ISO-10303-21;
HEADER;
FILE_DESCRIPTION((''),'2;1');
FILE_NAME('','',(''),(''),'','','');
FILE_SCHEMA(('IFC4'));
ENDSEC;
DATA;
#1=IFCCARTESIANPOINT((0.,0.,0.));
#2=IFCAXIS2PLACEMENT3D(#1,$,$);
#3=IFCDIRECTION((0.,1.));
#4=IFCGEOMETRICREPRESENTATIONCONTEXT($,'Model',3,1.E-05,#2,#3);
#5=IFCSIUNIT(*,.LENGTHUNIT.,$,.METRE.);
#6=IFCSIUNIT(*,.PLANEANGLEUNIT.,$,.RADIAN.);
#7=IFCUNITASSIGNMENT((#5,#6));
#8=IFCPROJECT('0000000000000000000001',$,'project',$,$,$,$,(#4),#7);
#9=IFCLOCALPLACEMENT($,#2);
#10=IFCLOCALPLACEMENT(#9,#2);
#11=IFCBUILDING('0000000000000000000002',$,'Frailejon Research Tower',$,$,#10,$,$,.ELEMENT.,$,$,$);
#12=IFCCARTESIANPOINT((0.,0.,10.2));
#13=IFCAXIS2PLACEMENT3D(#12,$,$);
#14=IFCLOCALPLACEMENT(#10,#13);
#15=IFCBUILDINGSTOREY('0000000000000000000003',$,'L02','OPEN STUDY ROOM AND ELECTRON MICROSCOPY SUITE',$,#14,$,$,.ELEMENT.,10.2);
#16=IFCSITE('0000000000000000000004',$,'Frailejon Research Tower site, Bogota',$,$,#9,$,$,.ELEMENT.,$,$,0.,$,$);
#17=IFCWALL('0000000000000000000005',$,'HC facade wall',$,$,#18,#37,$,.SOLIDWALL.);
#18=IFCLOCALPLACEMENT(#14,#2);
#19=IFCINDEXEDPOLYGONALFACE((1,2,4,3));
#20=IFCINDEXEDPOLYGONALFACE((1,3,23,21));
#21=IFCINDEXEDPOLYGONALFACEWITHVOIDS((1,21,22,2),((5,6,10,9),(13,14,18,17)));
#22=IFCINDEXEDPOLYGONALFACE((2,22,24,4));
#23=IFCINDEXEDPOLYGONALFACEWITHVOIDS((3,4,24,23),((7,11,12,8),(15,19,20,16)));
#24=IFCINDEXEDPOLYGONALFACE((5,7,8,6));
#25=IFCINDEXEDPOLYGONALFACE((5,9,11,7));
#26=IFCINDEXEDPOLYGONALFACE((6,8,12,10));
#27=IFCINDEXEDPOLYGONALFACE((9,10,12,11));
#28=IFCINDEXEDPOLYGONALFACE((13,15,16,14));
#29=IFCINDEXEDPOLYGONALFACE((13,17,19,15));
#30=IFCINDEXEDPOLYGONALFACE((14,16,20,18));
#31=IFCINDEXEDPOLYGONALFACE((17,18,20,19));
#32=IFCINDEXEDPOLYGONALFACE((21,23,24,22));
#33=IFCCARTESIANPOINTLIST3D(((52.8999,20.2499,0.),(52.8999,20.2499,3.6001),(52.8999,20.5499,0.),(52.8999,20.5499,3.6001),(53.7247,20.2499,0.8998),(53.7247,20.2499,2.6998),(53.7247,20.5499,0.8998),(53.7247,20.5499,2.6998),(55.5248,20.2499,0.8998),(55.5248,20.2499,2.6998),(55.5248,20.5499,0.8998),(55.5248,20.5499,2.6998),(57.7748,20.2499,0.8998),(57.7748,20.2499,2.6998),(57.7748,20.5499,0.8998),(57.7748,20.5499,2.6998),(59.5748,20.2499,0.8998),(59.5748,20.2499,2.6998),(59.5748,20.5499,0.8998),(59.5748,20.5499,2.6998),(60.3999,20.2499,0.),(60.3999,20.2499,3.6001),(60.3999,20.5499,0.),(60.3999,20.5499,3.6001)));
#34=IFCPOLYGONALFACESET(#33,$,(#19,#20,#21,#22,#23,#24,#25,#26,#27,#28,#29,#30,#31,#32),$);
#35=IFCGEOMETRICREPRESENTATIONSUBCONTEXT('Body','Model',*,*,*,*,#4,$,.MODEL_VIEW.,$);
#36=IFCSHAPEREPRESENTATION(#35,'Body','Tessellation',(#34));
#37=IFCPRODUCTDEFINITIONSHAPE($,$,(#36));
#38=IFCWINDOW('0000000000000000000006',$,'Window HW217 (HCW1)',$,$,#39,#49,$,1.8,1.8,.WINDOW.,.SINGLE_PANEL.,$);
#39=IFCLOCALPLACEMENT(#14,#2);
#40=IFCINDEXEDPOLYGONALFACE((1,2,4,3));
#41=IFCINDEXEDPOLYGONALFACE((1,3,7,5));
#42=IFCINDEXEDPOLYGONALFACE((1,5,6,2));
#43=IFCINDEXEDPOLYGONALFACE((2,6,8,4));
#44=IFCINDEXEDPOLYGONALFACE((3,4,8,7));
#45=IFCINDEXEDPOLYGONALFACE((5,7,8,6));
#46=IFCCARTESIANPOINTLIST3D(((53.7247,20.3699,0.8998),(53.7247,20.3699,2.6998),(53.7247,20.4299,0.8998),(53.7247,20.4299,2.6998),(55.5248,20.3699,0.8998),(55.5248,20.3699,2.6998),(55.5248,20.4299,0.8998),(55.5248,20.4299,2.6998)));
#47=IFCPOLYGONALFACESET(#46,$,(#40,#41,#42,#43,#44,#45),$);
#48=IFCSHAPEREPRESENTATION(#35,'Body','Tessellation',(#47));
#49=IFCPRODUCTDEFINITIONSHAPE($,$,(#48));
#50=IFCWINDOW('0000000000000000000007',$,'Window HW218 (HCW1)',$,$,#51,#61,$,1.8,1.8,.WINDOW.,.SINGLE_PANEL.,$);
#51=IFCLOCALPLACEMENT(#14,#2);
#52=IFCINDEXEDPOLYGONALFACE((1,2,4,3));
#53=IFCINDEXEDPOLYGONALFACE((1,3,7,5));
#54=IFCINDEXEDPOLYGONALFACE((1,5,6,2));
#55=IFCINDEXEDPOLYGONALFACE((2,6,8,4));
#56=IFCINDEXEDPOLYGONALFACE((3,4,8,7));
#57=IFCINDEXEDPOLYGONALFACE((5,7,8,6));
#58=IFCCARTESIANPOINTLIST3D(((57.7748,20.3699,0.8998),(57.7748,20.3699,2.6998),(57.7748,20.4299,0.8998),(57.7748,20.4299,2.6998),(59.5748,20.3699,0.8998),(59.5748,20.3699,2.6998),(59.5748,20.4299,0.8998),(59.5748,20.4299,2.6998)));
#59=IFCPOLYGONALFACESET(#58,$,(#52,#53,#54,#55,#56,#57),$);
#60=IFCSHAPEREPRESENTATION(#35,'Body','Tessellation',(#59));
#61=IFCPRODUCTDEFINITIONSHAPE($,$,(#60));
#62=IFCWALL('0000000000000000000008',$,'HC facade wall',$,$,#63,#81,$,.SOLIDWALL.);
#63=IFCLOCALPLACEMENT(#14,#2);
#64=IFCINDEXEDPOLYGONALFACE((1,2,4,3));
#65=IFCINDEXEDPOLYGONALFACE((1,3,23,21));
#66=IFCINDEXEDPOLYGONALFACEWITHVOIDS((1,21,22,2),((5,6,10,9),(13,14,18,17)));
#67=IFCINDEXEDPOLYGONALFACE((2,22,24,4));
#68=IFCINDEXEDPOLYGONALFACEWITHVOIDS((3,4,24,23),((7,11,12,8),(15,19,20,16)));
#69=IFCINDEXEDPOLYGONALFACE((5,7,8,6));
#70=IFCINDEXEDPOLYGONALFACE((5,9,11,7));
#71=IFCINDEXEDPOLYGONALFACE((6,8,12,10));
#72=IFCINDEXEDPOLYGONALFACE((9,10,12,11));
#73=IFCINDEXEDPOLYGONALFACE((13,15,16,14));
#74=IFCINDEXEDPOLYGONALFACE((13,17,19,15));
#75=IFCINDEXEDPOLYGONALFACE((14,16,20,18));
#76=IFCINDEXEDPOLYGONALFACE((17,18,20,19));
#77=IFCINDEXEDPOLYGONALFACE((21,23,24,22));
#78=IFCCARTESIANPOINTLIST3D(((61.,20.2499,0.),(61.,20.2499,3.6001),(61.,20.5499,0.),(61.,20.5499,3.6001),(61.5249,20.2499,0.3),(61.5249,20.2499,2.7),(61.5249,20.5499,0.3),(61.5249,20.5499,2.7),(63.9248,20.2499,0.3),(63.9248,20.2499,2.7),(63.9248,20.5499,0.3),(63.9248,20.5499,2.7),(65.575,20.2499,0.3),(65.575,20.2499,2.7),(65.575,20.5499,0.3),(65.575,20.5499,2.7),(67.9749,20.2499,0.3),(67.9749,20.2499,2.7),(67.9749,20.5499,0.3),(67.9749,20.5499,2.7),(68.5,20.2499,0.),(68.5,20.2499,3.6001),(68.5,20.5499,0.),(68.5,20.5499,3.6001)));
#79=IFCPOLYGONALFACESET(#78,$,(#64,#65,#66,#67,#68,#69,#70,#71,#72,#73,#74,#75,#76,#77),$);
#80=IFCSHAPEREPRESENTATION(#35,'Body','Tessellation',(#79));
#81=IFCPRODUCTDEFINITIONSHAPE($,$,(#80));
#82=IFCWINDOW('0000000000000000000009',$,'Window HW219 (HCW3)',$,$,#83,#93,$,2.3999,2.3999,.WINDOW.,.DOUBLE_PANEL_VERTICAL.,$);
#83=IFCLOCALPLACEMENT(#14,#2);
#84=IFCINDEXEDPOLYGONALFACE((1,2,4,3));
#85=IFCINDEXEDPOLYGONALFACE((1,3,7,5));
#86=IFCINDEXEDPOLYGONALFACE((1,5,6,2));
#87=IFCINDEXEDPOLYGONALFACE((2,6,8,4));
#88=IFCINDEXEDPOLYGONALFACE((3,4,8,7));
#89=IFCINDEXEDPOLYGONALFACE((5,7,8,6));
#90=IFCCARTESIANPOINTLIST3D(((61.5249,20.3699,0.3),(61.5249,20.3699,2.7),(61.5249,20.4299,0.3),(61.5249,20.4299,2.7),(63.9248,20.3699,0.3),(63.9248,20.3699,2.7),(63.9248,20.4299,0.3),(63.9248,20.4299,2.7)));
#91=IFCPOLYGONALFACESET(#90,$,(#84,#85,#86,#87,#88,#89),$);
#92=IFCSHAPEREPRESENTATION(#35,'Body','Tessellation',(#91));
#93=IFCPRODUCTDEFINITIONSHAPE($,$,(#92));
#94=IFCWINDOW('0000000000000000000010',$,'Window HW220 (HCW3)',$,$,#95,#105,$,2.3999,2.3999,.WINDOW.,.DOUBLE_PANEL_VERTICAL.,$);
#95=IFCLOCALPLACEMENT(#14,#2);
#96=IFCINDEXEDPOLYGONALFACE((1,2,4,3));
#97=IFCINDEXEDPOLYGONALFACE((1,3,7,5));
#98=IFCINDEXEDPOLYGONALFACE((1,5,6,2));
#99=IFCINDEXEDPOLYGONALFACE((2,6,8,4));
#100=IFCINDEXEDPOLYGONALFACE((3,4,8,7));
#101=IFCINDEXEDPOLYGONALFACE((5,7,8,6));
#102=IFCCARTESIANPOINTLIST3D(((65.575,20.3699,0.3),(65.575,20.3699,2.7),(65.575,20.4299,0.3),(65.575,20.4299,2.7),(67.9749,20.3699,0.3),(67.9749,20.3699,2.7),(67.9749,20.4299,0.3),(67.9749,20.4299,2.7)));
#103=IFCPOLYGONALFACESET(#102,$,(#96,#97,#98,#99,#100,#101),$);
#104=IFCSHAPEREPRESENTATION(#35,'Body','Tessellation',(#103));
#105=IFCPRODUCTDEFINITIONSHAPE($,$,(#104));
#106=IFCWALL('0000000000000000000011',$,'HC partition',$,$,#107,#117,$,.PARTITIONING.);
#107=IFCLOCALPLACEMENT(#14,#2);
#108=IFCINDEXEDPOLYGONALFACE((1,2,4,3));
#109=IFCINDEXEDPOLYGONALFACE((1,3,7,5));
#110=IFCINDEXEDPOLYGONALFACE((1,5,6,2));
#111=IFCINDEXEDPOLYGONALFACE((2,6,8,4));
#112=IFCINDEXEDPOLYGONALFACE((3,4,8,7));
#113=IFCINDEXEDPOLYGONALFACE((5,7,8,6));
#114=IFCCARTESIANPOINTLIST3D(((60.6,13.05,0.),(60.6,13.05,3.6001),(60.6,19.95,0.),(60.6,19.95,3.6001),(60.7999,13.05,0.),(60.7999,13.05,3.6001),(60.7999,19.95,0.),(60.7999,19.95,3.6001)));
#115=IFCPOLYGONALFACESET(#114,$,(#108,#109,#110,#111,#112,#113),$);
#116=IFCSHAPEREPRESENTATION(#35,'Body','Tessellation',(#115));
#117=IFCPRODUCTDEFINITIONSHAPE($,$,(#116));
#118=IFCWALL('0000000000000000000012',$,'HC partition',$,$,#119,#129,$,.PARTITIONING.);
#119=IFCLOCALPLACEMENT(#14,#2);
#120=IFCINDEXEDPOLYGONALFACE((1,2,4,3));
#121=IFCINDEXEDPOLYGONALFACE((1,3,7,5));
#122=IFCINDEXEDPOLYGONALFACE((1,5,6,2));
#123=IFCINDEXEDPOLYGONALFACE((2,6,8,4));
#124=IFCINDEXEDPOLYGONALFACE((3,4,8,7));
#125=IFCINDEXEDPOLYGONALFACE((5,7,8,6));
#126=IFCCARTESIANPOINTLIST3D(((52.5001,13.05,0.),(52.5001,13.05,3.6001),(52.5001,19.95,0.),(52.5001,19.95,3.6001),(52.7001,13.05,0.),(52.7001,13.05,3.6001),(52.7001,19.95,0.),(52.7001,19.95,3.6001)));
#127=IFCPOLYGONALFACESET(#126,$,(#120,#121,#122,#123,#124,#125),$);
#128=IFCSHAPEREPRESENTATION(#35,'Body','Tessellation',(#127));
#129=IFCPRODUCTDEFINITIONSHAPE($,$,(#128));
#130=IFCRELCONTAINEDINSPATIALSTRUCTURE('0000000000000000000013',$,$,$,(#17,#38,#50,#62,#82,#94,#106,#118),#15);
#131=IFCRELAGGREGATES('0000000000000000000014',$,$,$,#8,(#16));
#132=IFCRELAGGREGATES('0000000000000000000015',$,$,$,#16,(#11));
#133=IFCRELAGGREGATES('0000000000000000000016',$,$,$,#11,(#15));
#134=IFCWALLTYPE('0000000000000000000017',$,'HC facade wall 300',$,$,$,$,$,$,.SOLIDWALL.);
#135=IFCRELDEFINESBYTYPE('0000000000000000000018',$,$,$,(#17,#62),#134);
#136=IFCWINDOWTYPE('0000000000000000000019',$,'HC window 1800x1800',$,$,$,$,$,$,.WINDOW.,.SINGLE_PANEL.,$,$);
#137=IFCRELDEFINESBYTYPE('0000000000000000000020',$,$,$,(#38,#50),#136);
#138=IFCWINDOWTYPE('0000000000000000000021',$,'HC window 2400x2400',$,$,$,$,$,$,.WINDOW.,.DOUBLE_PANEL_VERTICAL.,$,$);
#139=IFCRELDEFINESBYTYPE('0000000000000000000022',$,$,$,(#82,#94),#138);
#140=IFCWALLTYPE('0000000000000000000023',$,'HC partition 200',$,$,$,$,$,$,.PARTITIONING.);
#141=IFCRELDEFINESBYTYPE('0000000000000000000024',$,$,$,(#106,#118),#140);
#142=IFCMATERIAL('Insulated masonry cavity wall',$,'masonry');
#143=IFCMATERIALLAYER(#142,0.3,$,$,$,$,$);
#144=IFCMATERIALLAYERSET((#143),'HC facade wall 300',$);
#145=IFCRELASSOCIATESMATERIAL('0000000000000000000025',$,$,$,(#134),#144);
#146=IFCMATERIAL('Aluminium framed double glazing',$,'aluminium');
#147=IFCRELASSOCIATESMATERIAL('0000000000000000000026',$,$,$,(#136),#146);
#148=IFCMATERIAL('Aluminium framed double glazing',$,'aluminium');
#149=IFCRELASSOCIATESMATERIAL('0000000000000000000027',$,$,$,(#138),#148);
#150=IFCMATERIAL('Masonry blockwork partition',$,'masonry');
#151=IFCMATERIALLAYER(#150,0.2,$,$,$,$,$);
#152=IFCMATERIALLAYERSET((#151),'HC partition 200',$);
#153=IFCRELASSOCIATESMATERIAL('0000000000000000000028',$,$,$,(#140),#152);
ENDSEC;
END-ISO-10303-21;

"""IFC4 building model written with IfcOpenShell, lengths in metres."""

from ifc_helpers import new_model, si_unit, direction, frame, frame_2d, origin, place, context, subcontext, project, spatial, rectangle, extrude, material, layer, layer_set, type_object, element, fill, save


model = new_model("IFC4")

# Units and contexts
model_context = context("Model", 3, precision=1e-05, world=origin(), true_north=direction((0.0, 1.0)))
body_context = subcontext(model_context, "Body", "Model", "MODEL_VIEW")
ifc_project = project(units=[si_unit("LENGTHUNIT", "METRE"), si_unit("PLANEANGLEUNIT", "RADIAN")], contexts=[model_context])

# Site, building, storey
site_placement = place(None, origin())
site = spatial("IfcSite", under=ifc_project, at=site_placement, Name="Frailejon Research Tower site, Bogota", CompositionType="ELEMENT", RefElevation=0.0)
building_placement = place(site_placement, origin())
building = spatial("IfcBuilding", under=site, at=building_placement, Name="Frailejon Research Tower", CompositionType="ELEMENT")
storey_placement = place(building_placement, frame((0.0, 0.0, 10.2)))
storey = spatial("IfcBuildingStorey", under=building, at=storey_placement, Name="L02", Description="OPEN STUDY ROOM AND ELECTRON MICROSCOPY SUITE", CompositionType="ELEMENT", Elevation=10.2)

# Walls, openings, windows
ifc_material_1 = material(Name="Insulated masonry cavity wall", Category="masonry")
ifc_layer_1 = layer(ifc_material_1, 0.3)
ifc_layer_set_1 = layer_set([ifc_layer_1], Name="HC facade wall 300")
wall_type_1 = type_object("IfcWallType", Name="HC facade wall 300", PredefinedType="SOLIDWALL", material=ifc_layer_set_1)
wall_1_placement = place(storey_placement, frame((52.8999, 20.3999, 0.0), z_axis=(0.0, 0.0, 1.0), x_axis=(1.0, 0.0, 0.0)))
wall_1 = element("IfcWall", 1, at=wall_1_placement, inside=storey, type_object=wall_type_1, Name="HC facade wall", PredefinedType="SOLIDWALL", context=body_context, shape_type="SweptSolid", body=[
    extrude(rectangle(XDim=7.5, YDim=0.3, at=frame_2d((3.75, 0.0))), origin(), (0.0, 0.0, 1.0), 3.6001),
])
opening_1_placement = place(wall_1_placement, frame((0.825, 0.0, 0.8999)))
opening_1 = element("IfcOpeningElement", 2, at=opening_1_placement, cuts=wall_1, PredefinedType="OPENING", context=body_context, shape_type="SweptSolid", body=[
    extrude(rectangle(XDim=1.8, YDim=1.8, at=frame_2d((0.8999, 0.8999))), frame((0.0, 0.1599, 0.0), z_axis=(0.0, -1.0, 0.0), x_axis=(1.0, 0.0, 0.0)), (0.0, 0.0, 1.0), 0.3201),
])
opening_2_placement = place(wall_1_placement, frame((4.875, 0.0, 0.8999)))
opening_2 = element("IfcOpeningElement", 3, at=opening_2_placement, cuts=wall_1, PredefinedType="OPENING", context=body_context, shape_type="SweptSolid", body=[
    extrude(rectangle(XDim=1.8, YDim=1.8, at=frame_2d((0.8999, 0.8999))), frame((0.0, 0.1599, 0.0), z_axis=(0.0, -1.0, 0.0), x_axis=(1.0, 0.0, 0.0)), (0.0, 0.0, 1.0), 0.3201),
])
ifc_material_2 = material(Name="Aluminium framed double glazing", Category="aluminium")
window_type_1 = type_object("IfcWindowType", Name="HC window 1800x1800", PartitioningType="SINGLE_PANEL", PredefinedType="WINDOW", material=ifc_material_2)
window_1_placement = place(opening_1_placement, origin())
window_1 = element("IfcWindow", 4, at=window_1_placement, inside=storey, type_object=window_type_1, Name="Window HW217 (HCW1)", OverallHeight=1.8, OverallWidth=1.8, PartitioningType="SINGLE_PANEL", PredefinedType="WINDOW", context=body_context, shape_type="SweptSolid", body=[
    extrude(rectangle(XDim=1.8, YDim=1.8, at=frame_2d((0.8999, 0.8999))), frame((0.0, 0.03, 0.0), z_axis=(0.0, -1.0, 0.0), x_axis=(1.0, 0.0, 0.0)), (0.0, 0.0, 1.0), 0.0601),
])
fill(opening_1, window_1)
window_2_placement = place(opening_2_placement, origin())
window_2 = element("IfcWindow", 5, at=window_2_placement, inside=storey, type_object=window_type_1, Name="Window HW218 (HCW1)", OverallHeight=1.8, OverallWidth=1.8, PartitioningType="SINGLE_PANEL", PredefinedType="WINDOW", context=body_context, shape_type="SweptSolid", body=[
    extrude(rectangle(XDim=1.8, YDim=1.8, at=frame_2d((0.8999, 0.8999))), frame((0.0, 0.03, 0.0), z_axis=(0.0, -1.0, 0.0), x_axis=(1.0, 0.0, 0.0)), (0.0, 0.0, 1.0), 0.0601),
])
fill(opening_2, window_2)
wall_2_placement = place(storey_placement, frame((61.0, 20.3999, 0.0), z_axis=(0.0, 0.0, 1.0), x_axis=(1.0, 0.0, 0.0)))
wall_2 = element("IfcWall", 6, at=wall_2_placement, inside=storey, type_object=wall_type_1, Name="HC facade wall", PredefinedType="SOLIDWALL", context=body_context, shape_type="SweptSolid", body=[
    extrude(rectangle(XDim=7.5, YDim=0.3, at=frame_2d((3.75, 0.0))), origin(), (0.0, 0.0, 1.0), 3.6001),
])
opening_3_placement = place(wall_2_placement, frame((0.5249, 0.0, 0.3)))
opening_3 = element("IfcOpeningElement", 7, at=opening_3_placement, cuts=wall_2, PredefinedType="OPENING", context=body_context, shape_type="SweptSolid", body=[
    extrude(rectangle(XDim=2.3999, YDim=2.3999, at=frame_2d((1.2, 1.2))), frame((0.0, 0.1599, 0.0), z_axis=(0.0, -1.0, 0.0), x_axis=(1.0, 0.0, 0.0)), (0.0, 0.0, 1.0), 0.3201),
])
opening_4_placement = place(wall_2_placement, frame((4.575, 0.0, 0.3)))
opening_4 = element("IfcOpeningElement", 8, at=opening_4_placement, cuts=wall_2, PredefinedType="OPENING", context=body_context, shape_type="SweptSolid", body=[
    extrude(rectangle(XDim=2.3999, YDim=2.3999, at=frame_2d((1.2, 1.2))), frame((0.0, 0.1599, 0.0), z_axis=(0.0, -1.0, 0.0), x_axis=(1.0, 0.0, 0.0)), (0.0, 0.0, 1.0), 0.3201),
])
ifc_material_3 = material(Name="Aluminium framed double glazing", Category="aluminium")
window_type_2 = type_object("IfcWindowType", Name="HC window 2400x2400", PartitioningType="DOUBLE_PANEL_VERTICAL", PredefinedType="WINDOW", material=ifc_material_3)
window_3_placement = place(opening_3_placement, origin())
window_3 = element("IfcWindow", 9, at=window_3_placement, inside=storey, type_object=window_type_2, Name="Window HW219 (HCW3)", OverallHeight=2.3999, OverallWidth=2.3999, PartitioningType="DOUBLE_PANEL_VERTICAL", PredefinedType="WINDOW", context=body_context, shape_type="SweptSolid", body=[
    extrude(rectangle(XDim=2.3999, YDim=2.3999, at=frame_2d((1.2, 1.2))), frame((0.0, 0.03, 0.0), z_axis=(0.0, -1.0, 0.0), x_axis=(1.0, 0.0, 0.0)), (0.0, 0.0, 1.0), 0.0601),
])
fill(opening_3, window_3)
window_4_placement = place(opening_4_placement, origin())
window_4 = element("IfcWindow", 10, at=window_4_placement, inside=storey, type_object=window_type_2, Name="Window HW220 (HCW3)", OverallHeight=2.3999, OverallWidth=2.3999, PartitioningType="DOUBLE_PANEL_VERTICAL", PredefinedType="WINDOW", context=body_context, shape_type="SweptSolid", body=[
    extrude(rectangle(XDim=2.3999, YDim=2.3999, at=frame_2d((1.2, 1.2))), frame((0.0, 0.03, 0.0), z_axis=(0.0, -1.0, 0.0), x_axis=(1.0, 0.0, 0.0)), (0.0, 0.0, 1.0), 0.0601),
])
fill(opening_4, window_4)

# Walls
ifc_material_4 = material(Name="Masonry blockwork partition", Category="masonry")
ifc_layer_2 = layer(ifc_material_4, 0.2)
ifc_layer_set_2 = layer_set([ifc_layer_2], Name="HC partition 200")
wall_type_2 = type_object("IfcWallType", Name="HC partition 200", PredefinedType="PARTITIONING", material=ifc_layer_set_2)
for number, where, z_axis, x_axis, name in (
    (11, (60.7, 13.05, 0.0), (0.0, 0.0, 1.0), (0.0, 1.0, 0.0), "HC partition"),
    (12, (52.6001, 13.05, 0.0), (0.0, 0.0, 1.0), (0.0, 1.0, 0.0), "HC partition"),
):
    element("IfcWall", number, at=place(storey_placement, frame(where, z_axis=z_axis, x_axis=x_axis)), inside=storey, type_object=wall_type_2, Name=name, PredefinedType="PARTITIONING", context=body_context, shape_type="SweptSolid", body=[
        extrude(rectangle(XDim=6.8999, YDim=0.2, at=frame_2d((3.45, 0.0))), origin(), (0.0, 0.0, 1.0), 3.6001),
    ])

save(model, "model.ifc")
